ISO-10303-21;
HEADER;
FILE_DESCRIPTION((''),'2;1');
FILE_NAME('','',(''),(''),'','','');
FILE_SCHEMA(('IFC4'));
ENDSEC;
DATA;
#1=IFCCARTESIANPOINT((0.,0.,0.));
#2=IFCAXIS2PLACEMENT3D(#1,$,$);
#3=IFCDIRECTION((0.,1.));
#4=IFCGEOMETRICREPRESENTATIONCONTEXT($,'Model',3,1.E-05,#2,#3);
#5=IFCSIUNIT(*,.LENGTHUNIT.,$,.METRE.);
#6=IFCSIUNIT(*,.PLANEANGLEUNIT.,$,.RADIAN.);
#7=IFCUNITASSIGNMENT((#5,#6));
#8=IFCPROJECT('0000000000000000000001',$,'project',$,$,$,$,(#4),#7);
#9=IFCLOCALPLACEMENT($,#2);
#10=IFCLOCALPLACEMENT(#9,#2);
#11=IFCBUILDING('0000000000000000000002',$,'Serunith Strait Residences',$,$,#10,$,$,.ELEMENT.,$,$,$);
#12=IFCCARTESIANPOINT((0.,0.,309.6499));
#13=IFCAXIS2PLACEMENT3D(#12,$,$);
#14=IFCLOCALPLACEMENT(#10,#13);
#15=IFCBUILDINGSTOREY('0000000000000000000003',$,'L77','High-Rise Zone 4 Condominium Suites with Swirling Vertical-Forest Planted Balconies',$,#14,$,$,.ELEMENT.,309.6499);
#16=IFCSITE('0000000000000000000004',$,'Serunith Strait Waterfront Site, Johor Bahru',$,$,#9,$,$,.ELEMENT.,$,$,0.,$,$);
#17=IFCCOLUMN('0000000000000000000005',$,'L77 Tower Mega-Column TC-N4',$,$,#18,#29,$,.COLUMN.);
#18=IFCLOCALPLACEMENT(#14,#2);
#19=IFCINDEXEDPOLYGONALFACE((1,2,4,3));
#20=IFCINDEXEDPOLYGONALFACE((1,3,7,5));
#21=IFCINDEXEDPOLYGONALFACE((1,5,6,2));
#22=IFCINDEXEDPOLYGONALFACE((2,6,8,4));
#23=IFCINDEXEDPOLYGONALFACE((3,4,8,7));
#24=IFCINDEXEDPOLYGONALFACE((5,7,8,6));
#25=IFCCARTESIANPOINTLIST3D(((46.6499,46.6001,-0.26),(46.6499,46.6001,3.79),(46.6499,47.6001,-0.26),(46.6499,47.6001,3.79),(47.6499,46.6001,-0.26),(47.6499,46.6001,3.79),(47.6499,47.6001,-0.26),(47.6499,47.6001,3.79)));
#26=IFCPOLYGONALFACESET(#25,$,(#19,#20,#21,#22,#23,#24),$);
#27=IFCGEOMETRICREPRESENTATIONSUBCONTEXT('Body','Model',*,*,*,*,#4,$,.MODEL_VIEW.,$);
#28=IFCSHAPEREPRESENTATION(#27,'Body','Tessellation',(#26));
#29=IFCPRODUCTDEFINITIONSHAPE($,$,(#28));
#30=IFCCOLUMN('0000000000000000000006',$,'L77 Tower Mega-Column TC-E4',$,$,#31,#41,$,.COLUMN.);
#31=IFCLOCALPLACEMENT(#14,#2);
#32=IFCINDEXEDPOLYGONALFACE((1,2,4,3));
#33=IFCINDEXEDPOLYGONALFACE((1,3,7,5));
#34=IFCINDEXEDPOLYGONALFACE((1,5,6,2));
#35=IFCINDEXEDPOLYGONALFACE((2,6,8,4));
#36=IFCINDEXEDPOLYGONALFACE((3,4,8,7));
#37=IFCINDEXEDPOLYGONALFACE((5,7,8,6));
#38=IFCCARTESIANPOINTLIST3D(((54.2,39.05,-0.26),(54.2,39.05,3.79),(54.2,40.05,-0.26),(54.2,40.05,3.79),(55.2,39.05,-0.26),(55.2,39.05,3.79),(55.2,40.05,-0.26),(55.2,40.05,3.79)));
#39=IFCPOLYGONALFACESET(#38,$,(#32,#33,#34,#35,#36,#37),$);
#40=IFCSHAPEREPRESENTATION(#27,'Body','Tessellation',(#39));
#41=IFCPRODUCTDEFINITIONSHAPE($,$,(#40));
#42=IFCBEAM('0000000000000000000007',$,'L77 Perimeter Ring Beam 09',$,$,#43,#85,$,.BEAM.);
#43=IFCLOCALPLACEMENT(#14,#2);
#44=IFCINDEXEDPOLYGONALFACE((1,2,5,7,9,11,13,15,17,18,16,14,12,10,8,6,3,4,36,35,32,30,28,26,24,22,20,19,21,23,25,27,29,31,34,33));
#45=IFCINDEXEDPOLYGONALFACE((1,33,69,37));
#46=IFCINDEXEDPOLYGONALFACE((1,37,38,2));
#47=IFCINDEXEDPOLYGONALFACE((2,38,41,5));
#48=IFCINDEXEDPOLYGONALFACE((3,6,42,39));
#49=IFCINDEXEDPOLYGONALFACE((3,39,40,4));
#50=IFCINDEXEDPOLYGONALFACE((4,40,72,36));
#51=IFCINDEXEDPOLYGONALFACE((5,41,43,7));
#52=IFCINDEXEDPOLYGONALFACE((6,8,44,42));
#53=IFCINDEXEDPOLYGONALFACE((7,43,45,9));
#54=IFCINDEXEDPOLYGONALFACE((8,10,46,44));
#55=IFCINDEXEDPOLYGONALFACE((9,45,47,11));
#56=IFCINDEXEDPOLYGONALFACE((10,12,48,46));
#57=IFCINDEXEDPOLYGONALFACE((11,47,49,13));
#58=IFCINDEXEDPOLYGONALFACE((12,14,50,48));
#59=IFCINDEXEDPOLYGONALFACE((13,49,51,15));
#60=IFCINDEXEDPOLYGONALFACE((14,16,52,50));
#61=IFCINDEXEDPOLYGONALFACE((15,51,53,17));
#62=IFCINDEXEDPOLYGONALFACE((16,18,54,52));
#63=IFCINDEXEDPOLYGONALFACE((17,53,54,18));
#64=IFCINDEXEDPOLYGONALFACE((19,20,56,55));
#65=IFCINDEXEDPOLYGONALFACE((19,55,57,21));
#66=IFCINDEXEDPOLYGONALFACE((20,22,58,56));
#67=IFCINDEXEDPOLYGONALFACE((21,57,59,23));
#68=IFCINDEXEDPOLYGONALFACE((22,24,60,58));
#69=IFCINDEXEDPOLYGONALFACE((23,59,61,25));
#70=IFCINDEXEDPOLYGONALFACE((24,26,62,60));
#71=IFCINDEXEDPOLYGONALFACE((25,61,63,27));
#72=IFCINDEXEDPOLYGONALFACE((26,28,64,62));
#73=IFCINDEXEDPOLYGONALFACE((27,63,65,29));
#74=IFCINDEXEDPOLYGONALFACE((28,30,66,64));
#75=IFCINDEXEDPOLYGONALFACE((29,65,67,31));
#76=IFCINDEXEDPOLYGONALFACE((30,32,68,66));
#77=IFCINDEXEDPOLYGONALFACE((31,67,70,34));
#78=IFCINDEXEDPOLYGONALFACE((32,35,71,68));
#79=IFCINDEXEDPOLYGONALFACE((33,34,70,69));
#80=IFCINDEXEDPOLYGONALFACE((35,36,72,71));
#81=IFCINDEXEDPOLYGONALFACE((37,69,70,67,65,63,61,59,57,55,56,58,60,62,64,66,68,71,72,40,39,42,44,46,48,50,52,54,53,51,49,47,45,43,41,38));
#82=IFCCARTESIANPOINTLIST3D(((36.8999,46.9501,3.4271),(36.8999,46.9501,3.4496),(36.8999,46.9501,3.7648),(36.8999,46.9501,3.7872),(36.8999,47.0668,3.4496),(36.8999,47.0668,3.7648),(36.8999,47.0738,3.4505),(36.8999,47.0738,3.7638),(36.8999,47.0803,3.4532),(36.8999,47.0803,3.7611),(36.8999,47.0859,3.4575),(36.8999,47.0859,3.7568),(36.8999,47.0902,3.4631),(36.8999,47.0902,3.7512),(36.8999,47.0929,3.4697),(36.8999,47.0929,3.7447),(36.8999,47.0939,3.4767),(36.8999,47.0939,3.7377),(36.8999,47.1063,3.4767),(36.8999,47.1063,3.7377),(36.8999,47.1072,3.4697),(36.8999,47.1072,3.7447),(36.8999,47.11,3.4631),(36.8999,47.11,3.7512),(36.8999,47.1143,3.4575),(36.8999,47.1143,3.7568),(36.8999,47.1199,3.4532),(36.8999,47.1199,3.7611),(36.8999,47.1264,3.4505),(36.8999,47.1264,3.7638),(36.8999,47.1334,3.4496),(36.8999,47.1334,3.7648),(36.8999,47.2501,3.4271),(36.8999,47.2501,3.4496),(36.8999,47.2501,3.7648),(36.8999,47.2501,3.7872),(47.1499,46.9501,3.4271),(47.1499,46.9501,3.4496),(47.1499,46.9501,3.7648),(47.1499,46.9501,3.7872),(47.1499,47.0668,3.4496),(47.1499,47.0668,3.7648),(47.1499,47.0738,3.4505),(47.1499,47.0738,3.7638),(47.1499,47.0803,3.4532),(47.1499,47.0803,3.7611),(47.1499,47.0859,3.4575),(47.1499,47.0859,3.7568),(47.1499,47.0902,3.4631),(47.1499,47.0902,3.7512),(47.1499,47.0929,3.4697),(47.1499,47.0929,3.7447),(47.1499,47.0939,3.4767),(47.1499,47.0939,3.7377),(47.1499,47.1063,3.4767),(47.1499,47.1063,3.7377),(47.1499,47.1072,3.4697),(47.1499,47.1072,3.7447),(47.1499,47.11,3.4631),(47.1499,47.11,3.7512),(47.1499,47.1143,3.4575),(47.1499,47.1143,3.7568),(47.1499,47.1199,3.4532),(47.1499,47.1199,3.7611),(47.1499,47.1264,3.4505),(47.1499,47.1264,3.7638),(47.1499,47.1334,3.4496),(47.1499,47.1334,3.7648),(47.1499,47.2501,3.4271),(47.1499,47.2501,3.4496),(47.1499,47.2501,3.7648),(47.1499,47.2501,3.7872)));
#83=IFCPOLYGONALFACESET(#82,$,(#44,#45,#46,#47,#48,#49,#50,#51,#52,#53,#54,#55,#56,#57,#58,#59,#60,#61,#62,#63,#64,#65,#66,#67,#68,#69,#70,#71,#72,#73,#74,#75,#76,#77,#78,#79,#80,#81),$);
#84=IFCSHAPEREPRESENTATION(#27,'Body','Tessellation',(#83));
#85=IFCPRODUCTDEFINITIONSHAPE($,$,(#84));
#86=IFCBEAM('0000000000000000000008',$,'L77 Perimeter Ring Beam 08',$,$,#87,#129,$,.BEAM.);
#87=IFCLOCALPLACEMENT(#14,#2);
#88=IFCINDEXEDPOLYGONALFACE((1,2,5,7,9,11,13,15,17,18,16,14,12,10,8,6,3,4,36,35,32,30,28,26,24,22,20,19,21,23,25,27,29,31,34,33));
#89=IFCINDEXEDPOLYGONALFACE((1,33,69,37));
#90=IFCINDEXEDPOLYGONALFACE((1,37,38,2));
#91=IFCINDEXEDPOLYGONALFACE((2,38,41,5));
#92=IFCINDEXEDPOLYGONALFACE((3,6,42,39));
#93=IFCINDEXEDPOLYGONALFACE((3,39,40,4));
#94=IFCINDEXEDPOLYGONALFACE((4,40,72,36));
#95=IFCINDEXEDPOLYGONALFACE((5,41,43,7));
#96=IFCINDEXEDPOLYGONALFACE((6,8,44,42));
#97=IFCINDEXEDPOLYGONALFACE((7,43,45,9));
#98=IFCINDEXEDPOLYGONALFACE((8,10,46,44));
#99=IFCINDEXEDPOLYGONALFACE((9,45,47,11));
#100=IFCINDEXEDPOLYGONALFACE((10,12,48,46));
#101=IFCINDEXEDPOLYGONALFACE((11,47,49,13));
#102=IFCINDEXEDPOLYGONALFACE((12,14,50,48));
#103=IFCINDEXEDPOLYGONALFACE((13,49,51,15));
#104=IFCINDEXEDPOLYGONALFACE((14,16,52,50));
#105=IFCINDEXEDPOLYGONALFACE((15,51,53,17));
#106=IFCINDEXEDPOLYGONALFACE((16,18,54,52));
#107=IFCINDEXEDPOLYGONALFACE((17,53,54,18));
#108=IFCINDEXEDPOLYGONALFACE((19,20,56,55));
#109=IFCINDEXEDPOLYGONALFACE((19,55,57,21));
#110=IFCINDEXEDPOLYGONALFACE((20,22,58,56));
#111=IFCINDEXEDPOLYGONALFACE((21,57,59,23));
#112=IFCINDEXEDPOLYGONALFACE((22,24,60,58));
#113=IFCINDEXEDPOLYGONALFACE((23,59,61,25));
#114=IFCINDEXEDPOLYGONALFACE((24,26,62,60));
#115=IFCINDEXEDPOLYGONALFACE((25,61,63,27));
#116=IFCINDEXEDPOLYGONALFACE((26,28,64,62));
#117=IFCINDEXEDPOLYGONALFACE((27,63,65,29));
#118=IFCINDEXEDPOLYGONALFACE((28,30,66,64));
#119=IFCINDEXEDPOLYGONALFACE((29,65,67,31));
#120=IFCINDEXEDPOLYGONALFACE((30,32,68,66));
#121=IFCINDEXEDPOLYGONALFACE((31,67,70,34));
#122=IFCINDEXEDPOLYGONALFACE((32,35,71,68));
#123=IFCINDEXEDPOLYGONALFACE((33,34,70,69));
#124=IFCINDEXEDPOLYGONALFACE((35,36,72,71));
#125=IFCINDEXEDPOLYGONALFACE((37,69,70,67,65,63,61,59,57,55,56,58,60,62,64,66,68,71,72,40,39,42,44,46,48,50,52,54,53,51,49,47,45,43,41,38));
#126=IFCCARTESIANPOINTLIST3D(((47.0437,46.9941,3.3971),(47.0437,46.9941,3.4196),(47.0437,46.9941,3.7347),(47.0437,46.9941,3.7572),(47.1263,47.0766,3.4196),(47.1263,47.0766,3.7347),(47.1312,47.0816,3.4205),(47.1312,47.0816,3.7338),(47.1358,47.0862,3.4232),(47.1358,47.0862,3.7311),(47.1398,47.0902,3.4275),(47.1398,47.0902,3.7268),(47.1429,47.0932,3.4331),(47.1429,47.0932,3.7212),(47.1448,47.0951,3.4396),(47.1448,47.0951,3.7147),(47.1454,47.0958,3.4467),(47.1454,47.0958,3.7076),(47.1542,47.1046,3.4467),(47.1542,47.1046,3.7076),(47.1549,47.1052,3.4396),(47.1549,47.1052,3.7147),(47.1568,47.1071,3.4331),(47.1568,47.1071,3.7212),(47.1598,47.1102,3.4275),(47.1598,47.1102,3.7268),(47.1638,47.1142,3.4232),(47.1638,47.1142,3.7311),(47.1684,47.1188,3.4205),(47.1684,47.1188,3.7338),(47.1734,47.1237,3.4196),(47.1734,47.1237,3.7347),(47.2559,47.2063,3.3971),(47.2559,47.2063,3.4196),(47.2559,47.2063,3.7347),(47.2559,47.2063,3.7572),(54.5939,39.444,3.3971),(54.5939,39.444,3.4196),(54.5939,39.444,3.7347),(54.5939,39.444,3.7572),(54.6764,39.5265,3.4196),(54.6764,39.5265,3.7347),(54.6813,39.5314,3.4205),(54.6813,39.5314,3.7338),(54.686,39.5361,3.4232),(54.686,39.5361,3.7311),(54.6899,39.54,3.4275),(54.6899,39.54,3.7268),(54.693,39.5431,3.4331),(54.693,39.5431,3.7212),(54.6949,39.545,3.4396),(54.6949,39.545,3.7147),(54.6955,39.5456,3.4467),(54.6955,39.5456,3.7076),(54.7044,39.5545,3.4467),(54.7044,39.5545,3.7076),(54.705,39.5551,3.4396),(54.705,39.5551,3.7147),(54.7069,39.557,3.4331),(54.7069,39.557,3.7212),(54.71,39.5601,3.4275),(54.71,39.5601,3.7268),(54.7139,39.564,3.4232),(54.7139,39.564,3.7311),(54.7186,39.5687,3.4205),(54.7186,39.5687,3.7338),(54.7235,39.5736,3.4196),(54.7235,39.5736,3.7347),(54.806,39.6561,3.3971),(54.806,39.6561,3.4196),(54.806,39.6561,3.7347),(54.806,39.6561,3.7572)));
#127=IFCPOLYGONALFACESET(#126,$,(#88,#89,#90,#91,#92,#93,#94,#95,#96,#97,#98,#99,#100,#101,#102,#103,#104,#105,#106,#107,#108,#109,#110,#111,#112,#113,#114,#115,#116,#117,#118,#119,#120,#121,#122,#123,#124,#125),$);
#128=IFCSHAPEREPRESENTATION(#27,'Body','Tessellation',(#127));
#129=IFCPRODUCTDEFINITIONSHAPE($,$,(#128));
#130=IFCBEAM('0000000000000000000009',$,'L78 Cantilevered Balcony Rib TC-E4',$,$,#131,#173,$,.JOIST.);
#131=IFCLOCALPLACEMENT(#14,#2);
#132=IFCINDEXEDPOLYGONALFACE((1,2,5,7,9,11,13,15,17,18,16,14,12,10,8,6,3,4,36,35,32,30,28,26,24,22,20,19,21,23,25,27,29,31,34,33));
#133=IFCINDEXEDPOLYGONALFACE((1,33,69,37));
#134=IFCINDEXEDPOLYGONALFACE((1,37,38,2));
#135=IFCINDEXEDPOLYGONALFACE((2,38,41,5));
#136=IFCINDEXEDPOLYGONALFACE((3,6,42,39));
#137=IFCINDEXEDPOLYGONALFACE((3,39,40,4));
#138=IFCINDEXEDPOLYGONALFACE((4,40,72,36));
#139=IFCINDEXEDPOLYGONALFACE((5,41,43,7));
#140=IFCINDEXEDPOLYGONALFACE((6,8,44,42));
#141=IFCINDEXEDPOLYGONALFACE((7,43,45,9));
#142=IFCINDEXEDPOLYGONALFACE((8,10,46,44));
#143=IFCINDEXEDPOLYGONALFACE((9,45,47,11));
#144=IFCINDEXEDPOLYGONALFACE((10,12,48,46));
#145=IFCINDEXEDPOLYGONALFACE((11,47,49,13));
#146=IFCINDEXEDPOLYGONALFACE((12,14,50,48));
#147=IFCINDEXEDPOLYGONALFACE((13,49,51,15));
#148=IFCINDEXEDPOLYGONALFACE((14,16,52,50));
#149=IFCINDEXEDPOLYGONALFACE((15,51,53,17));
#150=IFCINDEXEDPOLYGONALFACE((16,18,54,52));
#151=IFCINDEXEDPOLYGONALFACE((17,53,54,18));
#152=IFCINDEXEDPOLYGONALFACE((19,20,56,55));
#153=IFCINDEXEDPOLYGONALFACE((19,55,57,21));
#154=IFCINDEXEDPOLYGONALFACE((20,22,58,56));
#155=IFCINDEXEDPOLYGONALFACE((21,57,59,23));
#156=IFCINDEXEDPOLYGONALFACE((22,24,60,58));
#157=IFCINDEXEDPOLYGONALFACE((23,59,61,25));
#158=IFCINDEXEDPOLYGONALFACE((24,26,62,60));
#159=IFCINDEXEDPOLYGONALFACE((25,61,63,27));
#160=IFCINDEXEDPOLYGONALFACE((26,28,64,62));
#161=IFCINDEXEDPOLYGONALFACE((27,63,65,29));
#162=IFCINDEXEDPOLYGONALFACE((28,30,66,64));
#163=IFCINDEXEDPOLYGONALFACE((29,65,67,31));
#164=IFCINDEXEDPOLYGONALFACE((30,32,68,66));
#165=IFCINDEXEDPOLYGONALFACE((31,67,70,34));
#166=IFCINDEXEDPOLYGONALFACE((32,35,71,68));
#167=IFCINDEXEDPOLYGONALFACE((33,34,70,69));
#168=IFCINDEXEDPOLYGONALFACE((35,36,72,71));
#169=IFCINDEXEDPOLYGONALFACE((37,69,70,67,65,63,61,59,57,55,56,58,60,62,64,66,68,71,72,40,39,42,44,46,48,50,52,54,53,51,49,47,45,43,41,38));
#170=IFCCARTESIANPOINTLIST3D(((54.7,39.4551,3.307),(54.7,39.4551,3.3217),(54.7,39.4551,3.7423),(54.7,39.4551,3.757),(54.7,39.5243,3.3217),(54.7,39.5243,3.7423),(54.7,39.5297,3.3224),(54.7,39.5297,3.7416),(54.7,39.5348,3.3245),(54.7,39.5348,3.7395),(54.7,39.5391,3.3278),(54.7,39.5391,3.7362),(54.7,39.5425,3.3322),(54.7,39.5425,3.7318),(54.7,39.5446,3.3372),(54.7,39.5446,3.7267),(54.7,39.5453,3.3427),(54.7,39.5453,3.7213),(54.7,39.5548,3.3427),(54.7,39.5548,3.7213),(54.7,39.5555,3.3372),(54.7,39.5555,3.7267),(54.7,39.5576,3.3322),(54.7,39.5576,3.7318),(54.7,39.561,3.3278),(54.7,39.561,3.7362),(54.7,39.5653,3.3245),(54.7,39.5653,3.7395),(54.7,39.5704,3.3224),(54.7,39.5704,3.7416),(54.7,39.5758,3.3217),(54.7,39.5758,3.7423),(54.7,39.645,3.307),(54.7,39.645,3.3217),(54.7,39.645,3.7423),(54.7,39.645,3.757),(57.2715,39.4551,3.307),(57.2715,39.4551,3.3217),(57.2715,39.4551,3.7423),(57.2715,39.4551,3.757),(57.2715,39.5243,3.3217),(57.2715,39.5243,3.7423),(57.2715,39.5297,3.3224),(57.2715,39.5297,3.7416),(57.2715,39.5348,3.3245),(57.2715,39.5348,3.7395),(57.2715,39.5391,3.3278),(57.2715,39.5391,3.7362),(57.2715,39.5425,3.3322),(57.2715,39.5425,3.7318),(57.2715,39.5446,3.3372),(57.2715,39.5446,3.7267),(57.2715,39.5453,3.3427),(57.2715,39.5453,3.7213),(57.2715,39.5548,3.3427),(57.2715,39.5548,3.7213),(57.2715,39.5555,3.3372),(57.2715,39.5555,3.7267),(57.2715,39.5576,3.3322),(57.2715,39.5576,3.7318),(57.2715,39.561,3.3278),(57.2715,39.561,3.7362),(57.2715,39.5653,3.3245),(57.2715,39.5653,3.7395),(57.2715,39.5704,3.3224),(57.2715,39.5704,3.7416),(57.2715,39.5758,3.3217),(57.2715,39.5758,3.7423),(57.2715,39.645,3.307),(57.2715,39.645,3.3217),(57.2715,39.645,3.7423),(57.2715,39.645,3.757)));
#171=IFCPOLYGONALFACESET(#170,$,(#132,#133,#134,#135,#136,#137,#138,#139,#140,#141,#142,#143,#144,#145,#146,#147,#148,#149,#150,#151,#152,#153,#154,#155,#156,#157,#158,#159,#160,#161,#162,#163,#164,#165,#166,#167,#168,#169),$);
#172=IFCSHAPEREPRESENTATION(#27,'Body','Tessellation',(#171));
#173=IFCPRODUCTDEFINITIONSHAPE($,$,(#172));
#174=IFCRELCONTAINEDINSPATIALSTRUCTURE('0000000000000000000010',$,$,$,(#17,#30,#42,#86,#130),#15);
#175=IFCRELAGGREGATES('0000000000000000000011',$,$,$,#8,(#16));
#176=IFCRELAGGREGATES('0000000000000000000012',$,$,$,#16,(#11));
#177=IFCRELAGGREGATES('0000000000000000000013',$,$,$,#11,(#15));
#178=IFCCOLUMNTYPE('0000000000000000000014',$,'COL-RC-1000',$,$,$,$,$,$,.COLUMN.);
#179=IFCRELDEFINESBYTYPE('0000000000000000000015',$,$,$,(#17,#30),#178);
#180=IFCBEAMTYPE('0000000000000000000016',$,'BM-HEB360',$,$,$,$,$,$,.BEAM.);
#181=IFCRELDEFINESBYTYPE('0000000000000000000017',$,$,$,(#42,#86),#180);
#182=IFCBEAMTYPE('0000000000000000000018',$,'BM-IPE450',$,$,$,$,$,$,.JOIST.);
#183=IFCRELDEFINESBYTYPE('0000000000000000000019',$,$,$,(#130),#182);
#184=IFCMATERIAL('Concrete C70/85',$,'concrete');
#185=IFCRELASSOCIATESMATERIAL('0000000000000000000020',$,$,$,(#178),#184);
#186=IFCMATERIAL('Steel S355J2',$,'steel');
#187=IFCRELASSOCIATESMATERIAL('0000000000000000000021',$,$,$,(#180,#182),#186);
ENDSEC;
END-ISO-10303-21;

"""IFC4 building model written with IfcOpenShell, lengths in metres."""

from ifc_helpers import new_model, si_unit, direction, frame, origin, origin_2d, place, context, subcontext, project, spatial, rectangle, i_section, extrude, source, transform, mapped, material, material_profile, profile_set, type_object, element, save


model = new_model("IFC4")

# Units and contexts
model_context = context("Model", 3, precision=1e-05, world=origin(), true_north=direction((0.0, 1.0)))
body_context = subcontext(model_context, "Body", "Model", "MODEL_VIEW")
ifc_project = project(units=[si_unit("LENGTHUNIT", "METRE"), si_unit("PLANEANGLEUNIT", "RADIAN")], contexts=[model_context])

# Site, building, storey
site_placement = place(None, origin())
site = spatial("IfcSite", under=ifc_project, at=site_placement, Name="Serunith Strait Waterfront Site, Johor Bahru", CompositionType="ELEMENT", RefElevation=0.0)
building_placement = place(site_placement, origin())
building = spatial("IfcBuilding", under=site, at=building_placement, Name="Serunith Strait Residences", CompositionType="ELEMENT")
storey_placement = place(building_placement, frame((0.0, 0.0, 309.6499)))
storey = spatial("IfcBuildingStorey", under=building, at=storey_placement, Name="L77", Description="High-Rise Zone 4 Condominium Suites with Swirling Vertical-Forest Planted Balconies", CompositionType="ELEMENT", Elevation=309.6499)

# Columns
ifc_material_1 = material(Name="Concrete C70/85", Category="concrete")
ifc_material_profile_1 = material_profile(ifc_material_1, rectangle(XDim=1.0, YDim=1.0, at=origin_2d()), Name="RC 1000x1000")
ifc_profile_set_1 = profile_set([ifc_material_profile_1], Name="Concrete C70/85")
column_type = type_object("IfcColumnType", Name="COL-RC-1000", PredefinedType="COLUMN", material=ifc_profile_set_1)
shared_shape_1 = source(origin(), body_context, "Body", "SweptSolid", [
    extrude(rectangle(XDim=1.0, YDim=1.0, at=origin_2d()), origin(), (0.0, 0.0, 1.0), 4.05),
])
for number, where, z_axis, x_axis, name in (
    (1, (47.1499, 47.1001, -0.26), (0.0, 0.0, 1.0), (1.0, 0.0, 0.0), "L77 Tower Mega-Column TC-N4"),
    (2, (54.7, 39.55, -0.26), (0.0, 0.0, 1.0), (1.0, 0.0, 0.0), "L77 Tower Mega-Column TC-E4"),
):
    element("IfcColumn", number, at=place(storey_placement, frame(where, z_axis=z_axis, x_axis=x_axis)), inside=storey, type_object=column_type, Name=name, PredefinedType="COLUMN", context=body_context, shape_type="MappedRepresentation", body=[
        mapped(shared_shape_1, transform((0.0, 0.0, 0.0), scale=1.0)),
    ])

# Beams
ifc_material_2 = material(Name="Steel S355J2", Category="steel")
ifc_material_profile_2 = material_profile(ifc_material_2, i_section(OverallWidth=0.3, OverallDepth=0.3601, WebThickness=0.0125, FlangeThickness=0.0225, FilletRadius=0.0271, at=origin_2d()), Name="HEB 360")
ifc_profile_set_2 = profile_set([ifc_material_profile_2], Name="Steel S355J2")
beam_type_1 = type_object("IfcBeamType", Name="BM-HEB360", PredefinedType="BEAM", material=ifc_profile_set_2)
shared_shape_2 = source(origin(), body_context, "Body", "SweptSolid", [
    extrude(i_section(OverallWidth=0.3, OverallDepth=0.3601, WebThickness=0.0125, FlangeThickness=0.0225, FilletRadius=0.0271, at=origin_2d()), origin(), (0.0, 0.0, 1.0), 10.25),
])
beam_1_placement = place(storey_placement, frame((47.1499, 47.1001, 3.6072), z_axis=(-1.0, 0.0, 0.0), x_axis=(0.0, -1.0, 0.0)))
element("IfcBeam", 3, at=beam_1_placement, inside=storey, type_object=beam_type_1, Name="L77 Perimeter Ring Beam 09", PredefinedType="BEAM", context=body_context, shape_type="MappedRepresentation", body=[
    mapped(shared_shape_2, transform((0.0, 0.0, 0.0), scale=1.0)),
])
shared_shape_3 = source(origin(), body_context, "Body", "SweptSolid", [
    extrude(i_section(OverallWidth=0.3, OverallDepth=0.3601, WebThickness=0.0125, FlangeThickness=0.0225, FilletRadius=0.0271, at=origin_2d()), origin(), (0.0, 0.0, 1.0), 10.6775),
])
beam_2_placement = place(storey_placement, frame((54.7, 39.55, 3.5771), z_axis=(-0.707107, 0.707107, 0.0), x_axis=(-0.707107, -0.707107, 0.0)))
element("IfcBeam", 4, at=beam_2_placement, inside=storey, type_object=beam_type_1, Name="L77 Perimeter Ring Beam 08", PredefinedType="BEAM", context=body_context, shape_type="MappedRepresentation", body=[
    mapped(shared_shape_3, transform((0.0, 0.0, 0.0), scale=1.0)),
])
ifc_material_profile_3 = material_profile(ifc_material_2, i_section(OverallWidth=0.1899, OverallDepth=0.45, WebThickness=0.0095, FlangeThickness=0.0146, FilletRadius=0.021, at=origin_2d()), Name="IPE 450")
ifc_profile_set_3 = profile_set([ifc_material_profile_3], Name="Steel S355J2")
beam_type_2 = type_object("IfcBeamType", Name="BM-IPE450", PredefinedType="JOIST", material=ifc_profile_set_3)
shared_shape_4 = source(origin(), body_context, "Body", "SweptSolid", [
    extrude(i_section(OverallWidth=0.1899, OverallDepth=0.45, WebThickness=0.0095, FlangeThickness=0.0146, FilletRadius=0.021, at=origin_2d()), origin(), (0.0, 0.0, 1.0), 2.5715),
])
beam_3_placement = place(storey_placement, frame((54.7, 39.55, 3.532), z_axis=(1.0, 0.0, 0.0), x_axis=(0.0, 1.0, 0.0)))
element("IfcBeam", 5, at=beam_3_placement, inside=storey, type_object=beam_type_2, Name="L78 Cantilevered Balcony Rib TC-E4", PredefinedType="JOIST", context=body_context, shape_type="MappedRepresentation", body=[
    mapped(shared_shape_4, transform((0.0, 0.0, 0.0), scale=1.0)),
])

save(model, "model.ifc")
